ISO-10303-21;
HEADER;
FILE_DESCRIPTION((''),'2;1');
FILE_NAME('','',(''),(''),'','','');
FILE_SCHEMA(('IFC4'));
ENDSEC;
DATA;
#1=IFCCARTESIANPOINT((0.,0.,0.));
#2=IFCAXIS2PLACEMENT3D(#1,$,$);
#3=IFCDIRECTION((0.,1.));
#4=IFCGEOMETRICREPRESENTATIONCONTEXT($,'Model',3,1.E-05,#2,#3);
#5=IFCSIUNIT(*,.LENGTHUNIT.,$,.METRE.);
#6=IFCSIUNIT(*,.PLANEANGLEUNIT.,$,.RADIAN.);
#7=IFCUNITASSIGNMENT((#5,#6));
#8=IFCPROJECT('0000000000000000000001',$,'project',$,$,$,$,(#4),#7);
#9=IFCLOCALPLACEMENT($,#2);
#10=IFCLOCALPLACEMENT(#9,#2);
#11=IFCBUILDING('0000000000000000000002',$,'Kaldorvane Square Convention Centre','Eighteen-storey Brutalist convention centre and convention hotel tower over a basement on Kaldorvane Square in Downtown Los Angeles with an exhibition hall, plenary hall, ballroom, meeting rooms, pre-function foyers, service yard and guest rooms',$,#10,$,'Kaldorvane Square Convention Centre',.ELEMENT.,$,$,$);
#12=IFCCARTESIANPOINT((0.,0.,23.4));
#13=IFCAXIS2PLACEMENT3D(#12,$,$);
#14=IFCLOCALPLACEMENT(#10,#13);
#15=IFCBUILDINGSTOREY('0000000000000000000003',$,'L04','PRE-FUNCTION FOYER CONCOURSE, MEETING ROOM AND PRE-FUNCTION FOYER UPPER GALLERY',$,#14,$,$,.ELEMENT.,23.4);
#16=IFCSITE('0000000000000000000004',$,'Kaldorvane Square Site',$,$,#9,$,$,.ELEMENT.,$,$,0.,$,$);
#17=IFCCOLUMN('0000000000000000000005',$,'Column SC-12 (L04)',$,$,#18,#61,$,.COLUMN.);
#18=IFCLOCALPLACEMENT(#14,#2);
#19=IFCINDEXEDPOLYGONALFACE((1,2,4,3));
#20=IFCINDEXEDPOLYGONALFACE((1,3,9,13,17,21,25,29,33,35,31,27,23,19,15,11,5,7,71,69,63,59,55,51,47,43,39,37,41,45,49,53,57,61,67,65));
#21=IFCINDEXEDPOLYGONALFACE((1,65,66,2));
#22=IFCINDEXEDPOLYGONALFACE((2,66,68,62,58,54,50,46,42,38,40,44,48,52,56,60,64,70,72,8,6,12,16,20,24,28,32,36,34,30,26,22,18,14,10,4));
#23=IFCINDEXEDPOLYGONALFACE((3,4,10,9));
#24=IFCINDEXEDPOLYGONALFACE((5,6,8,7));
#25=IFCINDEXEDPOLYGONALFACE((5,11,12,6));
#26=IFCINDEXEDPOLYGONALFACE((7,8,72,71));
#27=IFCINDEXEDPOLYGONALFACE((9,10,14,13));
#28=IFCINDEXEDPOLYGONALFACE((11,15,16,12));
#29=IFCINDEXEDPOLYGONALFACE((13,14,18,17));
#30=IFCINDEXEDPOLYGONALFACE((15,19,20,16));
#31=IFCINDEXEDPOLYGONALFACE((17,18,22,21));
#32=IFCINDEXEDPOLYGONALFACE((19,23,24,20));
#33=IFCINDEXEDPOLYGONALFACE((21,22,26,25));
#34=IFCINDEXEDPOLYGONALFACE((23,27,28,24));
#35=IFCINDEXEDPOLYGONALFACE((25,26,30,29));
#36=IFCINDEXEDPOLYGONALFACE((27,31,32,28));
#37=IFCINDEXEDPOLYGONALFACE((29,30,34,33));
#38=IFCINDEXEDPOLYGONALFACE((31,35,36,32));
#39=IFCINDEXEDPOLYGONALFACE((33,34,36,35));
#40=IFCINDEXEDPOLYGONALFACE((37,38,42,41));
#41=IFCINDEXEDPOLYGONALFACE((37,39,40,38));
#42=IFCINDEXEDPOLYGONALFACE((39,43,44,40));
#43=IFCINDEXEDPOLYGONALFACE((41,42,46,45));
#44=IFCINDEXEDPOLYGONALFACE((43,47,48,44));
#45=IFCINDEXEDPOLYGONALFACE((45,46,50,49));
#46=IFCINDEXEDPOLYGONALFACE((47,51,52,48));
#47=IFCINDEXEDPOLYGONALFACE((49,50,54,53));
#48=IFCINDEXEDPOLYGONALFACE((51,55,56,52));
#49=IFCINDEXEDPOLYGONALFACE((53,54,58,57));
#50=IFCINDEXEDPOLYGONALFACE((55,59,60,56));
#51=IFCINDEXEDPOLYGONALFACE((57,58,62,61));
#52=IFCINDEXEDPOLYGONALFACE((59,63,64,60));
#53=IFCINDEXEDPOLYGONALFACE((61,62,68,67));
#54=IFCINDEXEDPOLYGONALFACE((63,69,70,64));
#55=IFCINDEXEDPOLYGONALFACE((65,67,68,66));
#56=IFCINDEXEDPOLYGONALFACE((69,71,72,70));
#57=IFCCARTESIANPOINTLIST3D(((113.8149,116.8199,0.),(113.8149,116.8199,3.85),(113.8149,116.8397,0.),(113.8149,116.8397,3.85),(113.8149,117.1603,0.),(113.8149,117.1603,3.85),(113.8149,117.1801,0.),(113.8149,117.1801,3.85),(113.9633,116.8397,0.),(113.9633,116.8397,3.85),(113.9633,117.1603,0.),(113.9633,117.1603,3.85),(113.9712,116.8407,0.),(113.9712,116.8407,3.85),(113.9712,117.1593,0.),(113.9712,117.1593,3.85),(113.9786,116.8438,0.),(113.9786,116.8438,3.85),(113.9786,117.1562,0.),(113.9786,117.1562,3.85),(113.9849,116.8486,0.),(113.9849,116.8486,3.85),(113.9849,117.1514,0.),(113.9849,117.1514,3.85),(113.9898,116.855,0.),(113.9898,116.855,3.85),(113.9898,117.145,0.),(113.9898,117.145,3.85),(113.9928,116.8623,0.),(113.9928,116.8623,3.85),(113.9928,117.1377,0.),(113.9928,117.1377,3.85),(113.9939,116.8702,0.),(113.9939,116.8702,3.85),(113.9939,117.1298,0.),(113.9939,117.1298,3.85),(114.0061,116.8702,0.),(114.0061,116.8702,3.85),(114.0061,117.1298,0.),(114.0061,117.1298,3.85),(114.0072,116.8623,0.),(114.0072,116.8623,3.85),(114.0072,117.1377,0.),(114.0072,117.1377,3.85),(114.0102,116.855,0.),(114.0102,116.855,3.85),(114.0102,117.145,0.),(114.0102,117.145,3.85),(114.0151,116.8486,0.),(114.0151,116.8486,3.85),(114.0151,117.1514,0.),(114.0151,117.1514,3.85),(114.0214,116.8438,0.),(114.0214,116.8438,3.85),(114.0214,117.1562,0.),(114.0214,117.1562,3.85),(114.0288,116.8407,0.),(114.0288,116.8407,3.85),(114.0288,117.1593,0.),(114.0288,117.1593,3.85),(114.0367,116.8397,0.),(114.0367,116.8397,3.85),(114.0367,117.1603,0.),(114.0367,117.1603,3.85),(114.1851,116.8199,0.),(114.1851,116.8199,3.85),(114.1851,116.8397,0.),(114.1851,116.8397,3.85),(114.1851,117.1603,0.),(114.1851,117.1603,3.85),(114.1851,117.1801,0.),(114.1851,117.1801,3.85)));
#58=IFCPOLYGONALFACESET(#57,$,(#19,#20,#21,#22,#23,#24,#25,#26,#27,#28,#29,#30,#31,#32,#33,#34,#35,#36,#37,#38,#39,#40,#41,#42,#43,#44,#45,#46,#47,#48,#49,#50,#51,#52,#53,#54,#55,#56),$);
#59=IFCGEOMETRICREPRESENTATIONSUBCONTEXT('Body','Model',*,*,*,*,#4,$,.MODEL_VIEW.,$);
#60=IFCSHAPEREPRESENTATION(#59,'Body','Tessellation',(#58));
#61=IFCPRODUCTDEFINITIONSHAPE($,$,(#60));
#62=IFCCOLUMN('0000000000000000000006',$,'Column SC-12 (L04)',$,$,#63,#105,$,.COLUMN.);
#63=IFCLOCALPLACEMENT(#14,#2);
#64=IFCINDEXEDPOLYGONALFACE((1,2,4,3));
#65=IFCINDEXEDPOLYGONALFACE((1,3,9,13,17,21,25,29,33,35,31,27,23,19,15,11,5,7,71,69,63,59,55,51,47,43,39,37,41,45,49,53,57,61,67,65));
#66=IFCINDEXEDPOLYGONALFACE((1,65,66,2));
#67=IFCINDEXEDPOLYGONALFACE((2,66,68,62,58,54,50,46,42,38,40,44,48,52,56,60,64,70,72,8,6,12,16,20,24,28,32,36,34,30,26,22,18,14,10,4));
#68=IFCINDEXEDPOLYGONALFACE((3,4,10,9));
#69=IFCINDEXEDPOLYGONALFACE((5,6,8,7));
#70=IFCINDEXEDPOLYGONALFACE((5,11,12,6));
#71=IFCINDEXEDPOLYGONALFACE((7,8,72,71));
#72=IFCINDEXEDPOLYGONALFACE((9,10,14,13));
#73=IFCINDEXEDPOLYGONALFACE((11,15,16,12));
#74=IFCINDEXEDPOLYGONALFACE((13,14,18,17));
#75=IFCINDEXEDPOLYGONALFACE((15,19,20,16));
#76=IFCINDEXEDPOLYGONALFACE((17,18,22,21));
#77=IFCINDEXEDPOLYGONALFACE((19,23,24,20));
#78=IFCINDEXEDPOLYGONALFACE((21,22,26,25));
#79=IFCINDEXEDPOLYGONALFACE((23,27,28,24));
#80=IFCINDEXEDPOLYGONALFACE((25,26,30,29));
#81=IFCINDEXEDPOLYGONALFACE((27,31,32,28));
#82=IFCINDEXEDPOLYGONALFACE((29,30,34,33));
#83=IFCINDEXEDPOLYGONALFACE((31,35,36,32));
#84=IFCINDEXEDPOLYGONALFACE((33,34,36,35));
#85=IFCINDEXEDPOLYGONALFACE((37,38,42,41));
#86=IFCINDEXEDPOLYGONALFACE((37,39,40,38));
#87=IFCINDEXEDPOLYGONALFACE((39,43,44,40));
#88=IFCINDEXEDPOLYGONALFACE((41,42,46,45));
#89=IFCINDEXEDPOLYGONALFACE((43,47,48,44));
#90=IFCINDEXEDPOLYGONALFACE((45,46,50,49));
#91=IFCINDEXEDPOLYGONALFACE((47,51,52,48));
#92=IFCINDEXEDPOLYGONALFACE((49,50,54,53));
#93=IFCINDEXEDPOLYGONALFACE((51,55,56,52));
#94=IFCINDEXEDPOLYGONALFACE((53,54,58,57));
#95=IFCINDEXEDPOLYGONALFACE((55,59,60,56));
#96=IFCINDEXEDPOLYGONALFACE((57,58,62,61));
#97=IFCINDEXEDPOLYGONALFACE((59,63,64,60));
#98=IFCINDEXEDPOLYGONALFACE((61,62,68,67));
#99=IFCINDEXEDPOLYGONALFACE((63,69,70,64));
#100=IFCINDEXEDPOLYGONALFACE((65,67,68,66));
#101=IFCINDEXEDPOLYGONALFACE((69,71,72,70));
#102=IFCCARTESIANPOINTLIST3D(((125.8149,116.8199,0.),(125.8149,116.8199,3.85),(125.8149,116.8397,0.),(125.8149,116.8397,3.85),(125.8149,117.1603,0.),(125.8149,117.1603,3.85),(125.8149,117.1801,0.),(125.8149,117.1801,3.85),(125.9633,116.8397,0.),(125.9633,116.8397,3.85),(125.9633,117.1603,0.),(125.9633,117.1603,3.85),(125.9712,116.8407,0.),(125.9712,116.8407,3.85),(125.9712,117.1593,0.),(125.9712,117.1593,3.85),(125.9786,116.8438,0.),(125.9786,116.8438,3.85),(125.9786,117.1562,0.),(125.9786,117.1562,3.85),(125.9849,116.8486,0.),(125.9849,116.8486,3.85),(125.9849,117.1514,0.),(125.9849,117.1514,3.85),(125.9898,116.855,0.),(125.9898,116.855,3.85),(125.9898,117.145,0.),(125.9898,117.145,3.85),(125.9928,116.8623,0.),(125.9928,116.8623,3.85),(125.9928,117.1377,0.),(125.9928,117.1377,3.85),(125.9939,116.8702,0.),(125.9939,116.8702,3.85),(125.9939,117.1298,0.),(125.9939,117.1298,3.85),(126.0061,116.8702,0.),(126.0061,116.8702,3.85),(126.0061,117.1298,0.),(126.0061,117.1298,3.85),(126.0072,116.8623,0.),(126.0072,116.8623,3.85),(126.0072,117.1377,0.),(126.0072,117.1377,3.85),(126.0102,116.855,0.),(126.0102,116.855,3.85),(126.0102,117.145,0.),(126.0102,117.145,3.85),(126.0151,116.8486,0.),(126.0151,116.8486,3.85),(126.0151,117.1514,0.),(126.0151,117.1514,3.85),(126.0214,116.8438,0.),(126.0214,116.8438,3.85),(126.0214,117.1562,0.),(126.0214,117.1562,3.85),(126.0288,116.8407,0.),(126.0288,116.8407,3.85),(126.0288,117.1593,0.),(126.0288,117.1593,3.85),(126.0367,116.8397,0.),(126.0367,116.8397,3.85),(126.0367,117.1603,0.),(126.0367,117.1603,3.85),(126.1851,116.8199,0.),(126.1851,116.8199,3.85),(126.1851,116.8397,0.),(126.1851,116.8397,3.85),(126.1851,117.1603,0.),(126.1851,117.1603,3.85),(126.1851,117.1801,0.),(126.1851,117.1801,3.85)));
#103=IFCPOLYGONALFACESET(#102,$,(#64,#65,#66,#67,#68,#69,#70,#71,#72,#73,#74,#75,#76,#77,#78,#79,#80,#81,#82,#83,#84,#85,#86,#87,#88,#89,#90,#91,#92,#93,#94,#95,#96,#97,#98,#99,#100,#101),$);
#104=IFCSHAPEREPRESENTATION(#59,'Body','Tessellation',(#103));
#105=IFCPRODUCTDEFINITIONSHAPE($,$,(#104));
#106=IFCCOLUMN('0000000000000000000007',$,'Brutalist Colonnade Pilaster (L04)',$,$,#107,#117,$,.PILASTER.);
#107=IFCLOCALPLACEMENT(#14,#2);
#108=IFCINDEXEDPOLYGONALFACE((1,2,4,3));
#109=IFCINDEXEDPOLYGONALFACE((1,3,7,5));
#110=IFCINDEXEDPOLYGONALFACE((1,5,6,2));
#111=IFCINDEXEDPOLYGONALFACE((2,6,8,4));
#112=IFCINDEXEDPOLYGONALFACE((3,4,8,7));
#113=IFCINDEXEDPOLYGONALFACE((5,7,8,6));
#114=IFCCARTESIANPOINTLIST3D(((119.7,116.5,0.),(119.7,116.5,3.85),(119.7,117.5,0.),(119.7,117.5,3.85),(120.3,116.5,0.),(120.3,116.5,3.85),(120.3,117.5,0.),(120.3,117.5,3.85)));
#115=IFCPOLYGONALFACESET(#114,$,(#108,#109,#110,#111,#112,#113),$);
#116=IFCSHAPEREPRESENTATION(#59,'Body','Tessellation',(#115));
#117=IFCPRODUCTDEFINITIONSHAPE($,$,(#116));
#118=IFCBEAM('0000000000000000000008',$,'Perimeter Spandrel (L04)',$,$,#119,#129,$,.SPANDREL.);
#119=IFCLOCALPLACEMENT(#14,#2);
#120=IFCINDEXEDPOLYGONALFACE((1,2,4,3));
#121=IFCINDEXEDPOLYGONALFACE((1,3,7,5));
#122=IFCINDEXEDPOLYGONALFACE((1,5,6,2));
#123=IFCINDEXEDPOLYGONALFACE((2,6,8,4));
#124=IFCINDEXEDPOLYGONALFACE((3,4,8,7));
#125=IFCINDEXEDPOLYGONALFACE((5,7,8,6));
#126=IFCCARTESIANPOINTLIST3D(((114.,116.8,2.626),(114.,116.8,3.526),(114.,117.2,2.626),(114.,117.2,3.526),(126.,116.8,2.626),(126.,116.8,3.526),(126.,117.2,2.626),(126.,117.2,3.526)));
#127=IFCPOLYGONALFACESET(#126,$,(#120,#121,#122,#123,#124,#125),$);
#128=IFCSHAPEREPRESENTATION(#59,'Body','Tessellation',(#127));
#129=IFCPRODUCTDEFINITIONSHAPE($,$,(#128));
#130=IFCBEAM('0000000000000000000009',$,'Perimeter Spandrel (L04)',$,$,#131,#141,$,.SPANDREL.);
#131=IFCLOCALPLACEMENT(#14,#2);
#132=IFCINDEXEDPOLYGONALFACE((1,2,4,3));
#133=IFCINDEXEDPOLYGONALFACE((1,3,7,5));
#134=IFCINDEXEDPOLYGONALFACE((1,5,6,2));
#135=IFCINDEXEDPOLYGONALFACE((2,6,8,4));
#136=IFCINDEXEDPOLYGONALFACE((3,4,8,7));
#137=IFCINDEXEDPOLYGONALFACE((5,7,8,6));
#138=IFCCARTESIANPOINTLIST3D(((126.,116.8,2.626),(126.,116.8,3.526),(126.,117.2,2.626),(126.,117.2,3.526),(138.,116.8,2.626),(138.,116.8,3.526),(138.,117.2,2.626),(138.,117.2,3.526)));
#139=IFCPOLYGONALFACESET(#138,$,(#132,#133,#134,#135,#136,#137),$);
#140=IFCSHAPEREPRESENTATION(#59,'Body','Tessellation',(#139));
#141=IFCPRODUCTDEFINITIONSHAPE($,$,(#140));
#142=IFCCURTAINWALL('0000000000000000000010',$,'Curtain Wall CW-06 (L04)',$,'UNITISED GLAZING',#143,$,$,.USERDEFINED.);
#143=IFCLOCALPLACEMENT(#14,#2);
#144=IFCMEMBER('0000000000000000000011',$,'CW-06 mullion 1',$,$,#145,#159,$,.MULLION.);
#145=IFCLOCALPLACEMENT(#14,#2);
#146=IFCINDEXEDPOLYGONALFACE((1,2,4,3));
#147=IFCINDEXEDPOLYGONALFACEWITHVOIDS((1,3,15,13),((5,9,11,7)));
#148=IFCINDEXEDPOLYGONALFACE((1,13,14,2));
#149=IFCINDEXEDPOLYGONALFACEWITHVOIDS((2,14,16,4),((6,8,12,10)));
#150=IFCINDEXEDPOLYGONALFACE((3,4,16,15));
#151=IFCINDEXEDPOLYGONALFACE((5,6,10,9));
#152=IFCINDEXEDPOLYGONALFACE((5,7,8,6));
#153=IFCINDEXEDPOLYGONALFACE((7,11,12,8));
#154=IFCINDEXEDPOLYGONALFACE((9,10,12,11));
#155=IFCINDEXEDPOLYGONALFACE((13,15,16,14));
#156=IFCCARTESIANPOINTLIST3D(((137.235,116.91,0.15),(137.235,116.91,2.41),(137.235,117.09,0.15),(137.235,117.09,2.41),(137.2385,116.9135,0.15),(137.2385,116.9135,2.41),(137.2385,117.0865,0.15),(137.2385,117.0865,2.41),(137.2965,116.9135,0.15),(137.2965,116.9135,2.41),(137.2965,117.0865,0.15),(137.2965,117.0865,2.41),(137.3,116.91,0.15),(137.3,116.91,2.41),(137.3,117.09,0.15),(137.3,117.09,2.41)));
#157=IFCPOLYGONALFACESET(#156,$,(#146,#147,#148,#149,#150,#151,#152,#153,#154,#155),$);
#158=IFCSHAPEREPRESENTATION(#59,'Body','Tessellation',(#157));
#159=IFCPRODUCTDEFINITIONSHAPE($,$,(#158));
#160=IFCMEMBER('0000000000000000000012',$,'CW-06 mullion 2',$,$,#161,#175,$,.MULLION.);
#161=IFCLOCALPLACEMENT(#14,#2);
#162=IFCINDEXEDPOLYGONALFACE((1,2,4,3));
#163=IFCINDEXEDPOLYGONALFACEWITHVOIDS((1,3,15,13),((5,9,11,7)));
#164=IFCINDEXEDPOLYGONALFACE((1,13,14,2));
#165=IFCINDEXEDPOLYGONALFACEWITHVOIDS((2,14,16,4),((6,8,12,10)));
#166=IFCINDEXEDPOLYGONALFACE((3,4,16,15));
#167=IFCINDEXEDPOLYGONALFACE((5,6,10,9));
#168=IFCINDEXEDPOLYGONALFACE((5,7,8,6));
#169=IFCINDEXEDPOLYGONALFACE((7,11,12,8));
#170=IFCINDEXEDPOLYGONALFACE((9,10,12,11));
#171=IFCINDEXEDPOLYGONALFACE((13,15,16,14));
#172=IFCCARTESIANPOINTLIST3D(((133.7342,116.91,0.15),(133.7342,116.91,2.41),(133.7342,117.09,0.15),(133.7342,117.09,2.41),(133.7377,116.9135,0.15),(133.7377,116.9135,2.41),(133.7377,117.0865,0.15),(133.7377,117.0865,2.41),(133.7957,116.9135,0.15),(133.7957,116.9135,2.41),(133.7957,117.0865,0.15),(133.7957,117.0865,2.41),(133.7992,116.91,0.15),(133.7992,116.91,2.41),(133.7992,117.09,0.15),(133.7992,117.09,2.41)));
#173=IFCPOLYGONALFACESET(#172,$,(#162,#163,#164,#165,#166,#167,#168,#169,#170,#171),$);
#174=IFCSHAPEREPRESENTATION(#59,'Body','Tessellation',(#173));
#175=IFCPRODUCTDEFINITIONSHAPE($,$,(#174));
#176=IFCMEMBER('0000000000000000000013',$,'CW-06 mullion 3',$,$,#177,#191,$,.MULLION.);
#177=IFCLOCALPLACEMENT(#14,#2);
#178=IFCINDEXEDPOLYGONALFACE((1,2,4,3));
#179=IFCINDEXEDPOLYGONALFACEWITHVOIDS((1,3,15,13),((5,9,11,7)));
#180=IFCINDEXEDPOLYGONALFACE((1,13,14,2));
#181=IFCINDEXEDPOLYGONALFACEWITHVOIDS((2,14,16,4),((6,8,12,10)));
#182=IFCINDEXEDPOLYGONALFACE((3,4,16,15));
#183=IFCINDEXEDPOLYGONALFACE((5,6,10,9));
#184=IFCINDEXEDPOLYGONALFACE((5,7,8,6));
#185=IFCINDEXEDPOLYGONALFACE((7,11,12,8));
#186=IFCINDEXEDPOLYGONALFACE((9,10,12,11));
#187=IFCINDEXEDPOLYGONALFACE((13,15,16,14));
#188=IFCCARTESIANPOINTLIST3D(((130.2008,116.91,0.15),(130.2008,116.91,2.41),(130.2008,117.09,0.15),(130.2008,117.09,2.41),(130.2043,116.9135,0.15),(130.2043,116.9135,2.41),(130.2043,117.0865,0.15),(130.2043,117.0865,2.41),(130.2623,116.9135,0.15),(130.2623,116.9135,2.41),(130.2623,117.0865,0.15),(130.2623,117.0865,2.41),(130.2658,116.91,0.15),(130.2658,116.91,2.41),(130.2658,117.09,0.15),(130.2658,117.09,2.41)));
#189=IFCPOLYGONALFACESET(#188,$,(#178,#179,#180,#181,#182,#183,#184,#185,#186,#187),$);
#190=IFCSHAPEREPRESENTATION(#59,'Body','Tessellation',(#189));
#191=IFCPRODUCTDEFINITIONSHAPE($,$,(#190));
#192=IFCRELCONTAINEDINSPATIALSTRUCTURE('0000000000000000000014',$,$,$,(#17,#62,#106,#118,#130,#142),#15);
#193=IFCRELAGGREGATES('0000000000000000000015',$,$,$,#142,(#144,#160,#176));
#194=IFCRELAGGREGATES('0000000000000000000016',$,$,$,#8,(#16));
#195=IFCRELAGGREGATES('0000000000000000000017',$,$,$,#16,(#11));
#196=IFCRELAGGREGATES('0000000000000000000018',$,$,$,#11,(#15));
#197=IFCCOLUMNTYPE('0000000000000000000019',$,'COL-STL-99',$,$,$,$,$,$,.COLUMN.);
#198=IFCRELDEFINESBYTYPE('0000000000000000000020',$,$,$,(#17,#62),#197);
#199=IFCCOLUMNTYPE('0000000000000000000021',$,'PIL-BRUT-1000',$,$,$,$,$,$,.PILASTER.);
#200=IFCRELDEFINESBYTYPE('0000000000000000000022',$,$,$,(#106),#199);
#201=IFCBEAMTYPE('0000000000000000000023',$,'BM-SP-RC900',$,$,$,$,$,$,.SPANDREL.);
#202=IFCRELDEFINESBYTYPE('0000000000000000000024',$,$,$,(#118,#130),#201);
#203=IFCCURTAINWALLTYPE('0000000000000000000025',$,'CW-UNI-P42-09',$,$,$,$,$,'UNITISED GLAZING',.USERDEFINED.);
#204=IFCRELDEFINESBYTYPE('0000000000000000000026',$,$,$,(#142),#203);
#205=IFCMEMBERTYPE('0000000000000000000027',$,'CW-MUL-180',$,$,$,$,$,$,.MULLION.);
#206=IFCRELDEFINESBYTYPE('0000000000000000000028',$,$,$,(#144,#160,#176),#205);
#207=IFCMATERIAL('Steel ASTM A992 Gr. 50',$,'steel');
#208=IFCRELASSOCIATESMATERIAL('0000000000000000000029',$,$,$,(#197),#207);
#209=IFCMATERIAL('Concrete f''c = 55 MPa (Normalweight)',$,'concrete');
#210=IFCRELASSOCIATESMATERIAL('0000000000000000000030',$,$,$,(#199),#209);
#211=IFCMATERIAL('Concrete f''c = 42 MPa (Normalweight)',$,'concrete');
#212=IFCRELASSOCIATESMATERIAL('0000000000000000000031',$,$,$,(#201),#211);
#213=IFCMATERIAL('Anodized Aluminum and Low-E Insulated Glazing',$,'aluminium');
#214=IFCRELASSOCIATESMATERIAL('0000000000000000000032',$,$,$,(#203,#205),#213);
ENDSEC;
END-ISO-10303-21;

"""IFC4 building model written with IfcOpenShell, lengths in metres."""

from ifc_helpers import new_model, si_unit, direction, frame, origin, origin_2d, place, context, subcontext, project, spatial, rectangle, hollow_rectangle, i_section, extrude, material, material_profile, profile_set, type_object, element, aggregate, save


model = new_model("IFC4")

# Units and contexts
model_context = context("Model", 3, precision=1e-05, world=origin(), true_north=direction((0.0, 1.0)))
body_context = subcontext(model_context, "Body", "Model", "MODEL_VIEW")
ifc_project = project(units=[si_unit("LENGTHUNIT", "METRE"), si_unit("PLANEANGLEUNIT", "RADIAN")], contexts=[model_context])

# Site, building, storey
site_placement = place(None, origin())
site = spatial("IfcSite", under=ifc_project, at=site_placement, Name="Kaldorvane Square Site", CompositionType="ELEMENT", RefElevation=0.0)
building_placement = place(site_placement, origin())
building = spatial("IfcBuilding", under=site, at=building_placement, Name="Kaldorvane Square Convention Centre", Description="Eighteen-storey Brutalist convention centre and convention hotel tower over a basement on Kaldorvane Square in Downtown Los Angeles with an exhibition hall, plenary hall, ballroom, meeting rooms, pre-function foyers, service yard and guest rooms", LongName="Kaldorvane Square Convention Centre", CompositionType="ELEMENT")
storey_placement = place(building_placement, frame((0.0, 0.0, 23.4)))
storey = spatial("IfcBuildingStorey", under=building, at=storey_placement, Name="L04", Description="PRE-FUNCTION FOYER CONCOURSE, MEETING ROOM AND PRE-FUNCTION FOYER UPPER GALLERY", CompositionType="ELEMENT", Elevation=23.4)

# Columns
ifc_material_1 = material(Name="Steel ASTM A992 Gr. 50", Category="steel")
ifc_material_profile_1 = material_profile(ifc_material_1, i_section(OverallWidth=0.3701, OverallDepth=0.3602, WebThickness=0.0123, FlangeThickness=0.0198, FilletRadius=0.0305, at=origin_2d()), Name="W14X99")
ifc_profile_set_1 = profile_set([ifc_material_profile_1], Name="Steel ASTM A992 Gr. 50")
column_type_1 = type_object("IfcColumnType", Name="COL-STL-99", PredefinedType="COLUMN", material=ifc_profile_set_1)
for number, where, z_axis, x_axis, name in (
    (1, (114.0, 117.0, 0.0), (0.0, 0.0, 1.0), (1.0, 0.0, 0.0), "Column SC-12 (L04)"),
    (2, (126.0, 117.0, 0.0), (0.0, 0.0, 1.0), (1.0, 0.0, 0.0), "Column SC-12 (L04)"),
):
    element("IfcColumn", number, at=place(storey_placement, frame(where, z_axis=z_axis, x_axis=x_axis)), inside=storey, type_object=column_type_1, Name=name, PredefinedType="COLUMN", context=body_context, shape_type="SweptSolid", body=[
        extrude(i_section(OverallWidth=0.3701, OverallDepth=0.3602, WebThickness=0.0123, FlangeThickness=0.0198, FilletRadius=0.0305, at=origin_2d()), origin(), (0.0, 0.0, 1.0), 3.85),
    ])
ifc_material_2 = material(Name="Concrete f'c = 55 MPa (Normalweight)", Category="concrete")
ifc_material_profile_2 = material_profile(ifc_material_2, rectangle(XDim=0.6, YDim=1.0, at=origin_2d()), Name="PIL1000X600")
ifc_profile_set_2 = profile_set([ifc_material_profile_2], Name="Concrete f'c = 55 MPa (Normalweight)")
column_type_2 = type_object("IfcColumnType", Name="PIL-BRUT-1000", PredefinedType="PILASTER", material=ifc_profile_set_2)
column_placement = place(storey_placement, frame((120.0, 117.0, 0.0), z_axis=(0.0, 0.0, 1.0), x_axis=(1.0, 0.0, 0.0)))
element("IfcColumn", 3, at=column_placement, inside=storey, type_object=column_type_2, Name="Brutalist Colonnade Pilaster (L04)", PredefinedType="PILASTER", context=body_context, shape_type="SweptSolid", body=[
    extrude(rectangle(XDim=0.6, YDim=1.0, at=origin_2d()), origin(), (0.0, 0.0, 1.0), 3.85),
])

# Beams
ifc_material_3 = material(Name="Concrete f'c = 42 MPa (Normalweight)", Category="concrete")
ifc_material_profile_3 = material_profile(ifc_material_3, rectangle(XDim=0.4, YDim=0.9, at=origin_2d()), Name="RCSP900X400")
ifc_profile_set_3 = profile_set([ifc_material_profile_3], Name="Concrete f'c = 42 MPa (Normalweight)")
beam_type = type_object("IfcBeamType", Name="BM-SP-RC900", PredefinedType="SPANDREL", material=ifc_profile_set_3)
for number, where, z_axis, x_axis, name in (
    (4, (114.0, 117.0, 3.076), (1.0, 0.0, 0.0), (0.0, 1.0, 0.0), "Perimeter Spandrel (L04)"),
    (5, (126.0, 117.0, 3.076), (1.0, 0.0, 0.0), (0.0, 1.0, 0.0), "Perimeter Spandrel (L04)"),
):
    element("IfcBeam", number, at=place(storey_placement, frame(where, z_axis=z_axis, x_axis=x_axis)), inside=storey, type_object=beam_type, Name=name, PredefinedType="SPANDREL", context=body_context, shape_type="SweptSolid", body=[
        extrude(rectangle(XDim=0.4, YDim=0.9, at=origin_2d()), origin(), (0.0, 0.0, 1.0), 12.0),
    ])

# Curtain wall, members
ifc_material_4 = material(Name="Anodized Aluminum and Low-E Insulated Glazing", Category="aluminium")
curtain_wall_type = type_object("IfcCurtainWallType", Name="CW-UNI-P42-09", ElementType="UNITISED GLAZING", PredefinedType="USERDEFINED", material=ifc_material_4)
curtain_wall_placement = place(storey_placement, origin())
curtain_wall = element("IfcCurtainWall", 6, at=curtain_wall_placement, inside=storey, type_object=curtain_wall_type, Name="Curtain Wall CW-06 (L04)", ObjectType="UNITISED GLAZING", PredefinedType="USERDEFINED")
ifc_material_profile_4 = material_profile(ifc_material_4, hollow_rectangle(XDim=0.065, YDim=0.18, WallThickness=0.0035, at=origin_2d()), Name="CWM-180X65")
ifc_profile_set_4 = profile_set([ifc_material_profile_4], Name="Anodized Aluminum and Low-E Insulated Glazing")
member_type_1 = type_object("IfcMemberType", Name="CW-MUL-180", PredefinedType="MULLION", material=ifc_profile_set_4)
member_1_placement = place(storey_placement, frame((137.2675, 117.0, 0.15), z_axis=(0.0, 0.0, 1.0), x_axis=(-1.0, 0.0, 0.0)))
member_1 = element("IfcMember", 7, at=member_1_placement, type_object=member_type_1, Name="CW-06 mullion 1", PredefinedType="MULLION", context=body_context, shape_type="SweptSolid", body=[
    extrude(hollow_rectangle(XDim=0.065, YDim=0.18, WallThickness=0.0035, at=origin_2d()), origin(), (0.0, 0.0, 1.0), 2.26),
])
member_2_placement = place(storey_placement, frame((133.7667, 117.0, 0.15), z_axis=(0.0, 0.0, 1.0), x_axis=(-1.0, 0.0, 0.0)))
member_2 = element("IfcMember", 8, at=member_2_placement, type_object=member_type_1, Name="CW-06 mullion 2", PredefinedType="MULLION", context=body_context, shape_type="SweptSolid", body=[
    extrude(hollow_rectangle(XDim=0.065, YDim=0.18, WallThickness=0.0035, at=origin_2d()), origin(), (0.0, 0.0, 1.0), 2.26),
])
member_3_placement = place(storey_placement, frame((130.2333, 117.0, 0.15), z_axis=(0.0, 0.0, 1.0), x_axis=(-1.0, 0.0, 0.0)))
member_3 = element("IfcMember", 9, at=member_3_placement, type_object=member_type_1, Name="CW-06 mullion 3", PredefinedType="MULLION", context=body_context, shape_type="SweptSolid", body=[
    extrude(hollow_rectangle(XDim=0.065, YDim=0.18, WallThickness=0.0035, at=origin_2d()), origin(), (0.0, 0.0, 1.0), 2.26),
])
aggregate(curtain_wall, [member_1, member_2, member_3])

save(model, "model.ifc")
